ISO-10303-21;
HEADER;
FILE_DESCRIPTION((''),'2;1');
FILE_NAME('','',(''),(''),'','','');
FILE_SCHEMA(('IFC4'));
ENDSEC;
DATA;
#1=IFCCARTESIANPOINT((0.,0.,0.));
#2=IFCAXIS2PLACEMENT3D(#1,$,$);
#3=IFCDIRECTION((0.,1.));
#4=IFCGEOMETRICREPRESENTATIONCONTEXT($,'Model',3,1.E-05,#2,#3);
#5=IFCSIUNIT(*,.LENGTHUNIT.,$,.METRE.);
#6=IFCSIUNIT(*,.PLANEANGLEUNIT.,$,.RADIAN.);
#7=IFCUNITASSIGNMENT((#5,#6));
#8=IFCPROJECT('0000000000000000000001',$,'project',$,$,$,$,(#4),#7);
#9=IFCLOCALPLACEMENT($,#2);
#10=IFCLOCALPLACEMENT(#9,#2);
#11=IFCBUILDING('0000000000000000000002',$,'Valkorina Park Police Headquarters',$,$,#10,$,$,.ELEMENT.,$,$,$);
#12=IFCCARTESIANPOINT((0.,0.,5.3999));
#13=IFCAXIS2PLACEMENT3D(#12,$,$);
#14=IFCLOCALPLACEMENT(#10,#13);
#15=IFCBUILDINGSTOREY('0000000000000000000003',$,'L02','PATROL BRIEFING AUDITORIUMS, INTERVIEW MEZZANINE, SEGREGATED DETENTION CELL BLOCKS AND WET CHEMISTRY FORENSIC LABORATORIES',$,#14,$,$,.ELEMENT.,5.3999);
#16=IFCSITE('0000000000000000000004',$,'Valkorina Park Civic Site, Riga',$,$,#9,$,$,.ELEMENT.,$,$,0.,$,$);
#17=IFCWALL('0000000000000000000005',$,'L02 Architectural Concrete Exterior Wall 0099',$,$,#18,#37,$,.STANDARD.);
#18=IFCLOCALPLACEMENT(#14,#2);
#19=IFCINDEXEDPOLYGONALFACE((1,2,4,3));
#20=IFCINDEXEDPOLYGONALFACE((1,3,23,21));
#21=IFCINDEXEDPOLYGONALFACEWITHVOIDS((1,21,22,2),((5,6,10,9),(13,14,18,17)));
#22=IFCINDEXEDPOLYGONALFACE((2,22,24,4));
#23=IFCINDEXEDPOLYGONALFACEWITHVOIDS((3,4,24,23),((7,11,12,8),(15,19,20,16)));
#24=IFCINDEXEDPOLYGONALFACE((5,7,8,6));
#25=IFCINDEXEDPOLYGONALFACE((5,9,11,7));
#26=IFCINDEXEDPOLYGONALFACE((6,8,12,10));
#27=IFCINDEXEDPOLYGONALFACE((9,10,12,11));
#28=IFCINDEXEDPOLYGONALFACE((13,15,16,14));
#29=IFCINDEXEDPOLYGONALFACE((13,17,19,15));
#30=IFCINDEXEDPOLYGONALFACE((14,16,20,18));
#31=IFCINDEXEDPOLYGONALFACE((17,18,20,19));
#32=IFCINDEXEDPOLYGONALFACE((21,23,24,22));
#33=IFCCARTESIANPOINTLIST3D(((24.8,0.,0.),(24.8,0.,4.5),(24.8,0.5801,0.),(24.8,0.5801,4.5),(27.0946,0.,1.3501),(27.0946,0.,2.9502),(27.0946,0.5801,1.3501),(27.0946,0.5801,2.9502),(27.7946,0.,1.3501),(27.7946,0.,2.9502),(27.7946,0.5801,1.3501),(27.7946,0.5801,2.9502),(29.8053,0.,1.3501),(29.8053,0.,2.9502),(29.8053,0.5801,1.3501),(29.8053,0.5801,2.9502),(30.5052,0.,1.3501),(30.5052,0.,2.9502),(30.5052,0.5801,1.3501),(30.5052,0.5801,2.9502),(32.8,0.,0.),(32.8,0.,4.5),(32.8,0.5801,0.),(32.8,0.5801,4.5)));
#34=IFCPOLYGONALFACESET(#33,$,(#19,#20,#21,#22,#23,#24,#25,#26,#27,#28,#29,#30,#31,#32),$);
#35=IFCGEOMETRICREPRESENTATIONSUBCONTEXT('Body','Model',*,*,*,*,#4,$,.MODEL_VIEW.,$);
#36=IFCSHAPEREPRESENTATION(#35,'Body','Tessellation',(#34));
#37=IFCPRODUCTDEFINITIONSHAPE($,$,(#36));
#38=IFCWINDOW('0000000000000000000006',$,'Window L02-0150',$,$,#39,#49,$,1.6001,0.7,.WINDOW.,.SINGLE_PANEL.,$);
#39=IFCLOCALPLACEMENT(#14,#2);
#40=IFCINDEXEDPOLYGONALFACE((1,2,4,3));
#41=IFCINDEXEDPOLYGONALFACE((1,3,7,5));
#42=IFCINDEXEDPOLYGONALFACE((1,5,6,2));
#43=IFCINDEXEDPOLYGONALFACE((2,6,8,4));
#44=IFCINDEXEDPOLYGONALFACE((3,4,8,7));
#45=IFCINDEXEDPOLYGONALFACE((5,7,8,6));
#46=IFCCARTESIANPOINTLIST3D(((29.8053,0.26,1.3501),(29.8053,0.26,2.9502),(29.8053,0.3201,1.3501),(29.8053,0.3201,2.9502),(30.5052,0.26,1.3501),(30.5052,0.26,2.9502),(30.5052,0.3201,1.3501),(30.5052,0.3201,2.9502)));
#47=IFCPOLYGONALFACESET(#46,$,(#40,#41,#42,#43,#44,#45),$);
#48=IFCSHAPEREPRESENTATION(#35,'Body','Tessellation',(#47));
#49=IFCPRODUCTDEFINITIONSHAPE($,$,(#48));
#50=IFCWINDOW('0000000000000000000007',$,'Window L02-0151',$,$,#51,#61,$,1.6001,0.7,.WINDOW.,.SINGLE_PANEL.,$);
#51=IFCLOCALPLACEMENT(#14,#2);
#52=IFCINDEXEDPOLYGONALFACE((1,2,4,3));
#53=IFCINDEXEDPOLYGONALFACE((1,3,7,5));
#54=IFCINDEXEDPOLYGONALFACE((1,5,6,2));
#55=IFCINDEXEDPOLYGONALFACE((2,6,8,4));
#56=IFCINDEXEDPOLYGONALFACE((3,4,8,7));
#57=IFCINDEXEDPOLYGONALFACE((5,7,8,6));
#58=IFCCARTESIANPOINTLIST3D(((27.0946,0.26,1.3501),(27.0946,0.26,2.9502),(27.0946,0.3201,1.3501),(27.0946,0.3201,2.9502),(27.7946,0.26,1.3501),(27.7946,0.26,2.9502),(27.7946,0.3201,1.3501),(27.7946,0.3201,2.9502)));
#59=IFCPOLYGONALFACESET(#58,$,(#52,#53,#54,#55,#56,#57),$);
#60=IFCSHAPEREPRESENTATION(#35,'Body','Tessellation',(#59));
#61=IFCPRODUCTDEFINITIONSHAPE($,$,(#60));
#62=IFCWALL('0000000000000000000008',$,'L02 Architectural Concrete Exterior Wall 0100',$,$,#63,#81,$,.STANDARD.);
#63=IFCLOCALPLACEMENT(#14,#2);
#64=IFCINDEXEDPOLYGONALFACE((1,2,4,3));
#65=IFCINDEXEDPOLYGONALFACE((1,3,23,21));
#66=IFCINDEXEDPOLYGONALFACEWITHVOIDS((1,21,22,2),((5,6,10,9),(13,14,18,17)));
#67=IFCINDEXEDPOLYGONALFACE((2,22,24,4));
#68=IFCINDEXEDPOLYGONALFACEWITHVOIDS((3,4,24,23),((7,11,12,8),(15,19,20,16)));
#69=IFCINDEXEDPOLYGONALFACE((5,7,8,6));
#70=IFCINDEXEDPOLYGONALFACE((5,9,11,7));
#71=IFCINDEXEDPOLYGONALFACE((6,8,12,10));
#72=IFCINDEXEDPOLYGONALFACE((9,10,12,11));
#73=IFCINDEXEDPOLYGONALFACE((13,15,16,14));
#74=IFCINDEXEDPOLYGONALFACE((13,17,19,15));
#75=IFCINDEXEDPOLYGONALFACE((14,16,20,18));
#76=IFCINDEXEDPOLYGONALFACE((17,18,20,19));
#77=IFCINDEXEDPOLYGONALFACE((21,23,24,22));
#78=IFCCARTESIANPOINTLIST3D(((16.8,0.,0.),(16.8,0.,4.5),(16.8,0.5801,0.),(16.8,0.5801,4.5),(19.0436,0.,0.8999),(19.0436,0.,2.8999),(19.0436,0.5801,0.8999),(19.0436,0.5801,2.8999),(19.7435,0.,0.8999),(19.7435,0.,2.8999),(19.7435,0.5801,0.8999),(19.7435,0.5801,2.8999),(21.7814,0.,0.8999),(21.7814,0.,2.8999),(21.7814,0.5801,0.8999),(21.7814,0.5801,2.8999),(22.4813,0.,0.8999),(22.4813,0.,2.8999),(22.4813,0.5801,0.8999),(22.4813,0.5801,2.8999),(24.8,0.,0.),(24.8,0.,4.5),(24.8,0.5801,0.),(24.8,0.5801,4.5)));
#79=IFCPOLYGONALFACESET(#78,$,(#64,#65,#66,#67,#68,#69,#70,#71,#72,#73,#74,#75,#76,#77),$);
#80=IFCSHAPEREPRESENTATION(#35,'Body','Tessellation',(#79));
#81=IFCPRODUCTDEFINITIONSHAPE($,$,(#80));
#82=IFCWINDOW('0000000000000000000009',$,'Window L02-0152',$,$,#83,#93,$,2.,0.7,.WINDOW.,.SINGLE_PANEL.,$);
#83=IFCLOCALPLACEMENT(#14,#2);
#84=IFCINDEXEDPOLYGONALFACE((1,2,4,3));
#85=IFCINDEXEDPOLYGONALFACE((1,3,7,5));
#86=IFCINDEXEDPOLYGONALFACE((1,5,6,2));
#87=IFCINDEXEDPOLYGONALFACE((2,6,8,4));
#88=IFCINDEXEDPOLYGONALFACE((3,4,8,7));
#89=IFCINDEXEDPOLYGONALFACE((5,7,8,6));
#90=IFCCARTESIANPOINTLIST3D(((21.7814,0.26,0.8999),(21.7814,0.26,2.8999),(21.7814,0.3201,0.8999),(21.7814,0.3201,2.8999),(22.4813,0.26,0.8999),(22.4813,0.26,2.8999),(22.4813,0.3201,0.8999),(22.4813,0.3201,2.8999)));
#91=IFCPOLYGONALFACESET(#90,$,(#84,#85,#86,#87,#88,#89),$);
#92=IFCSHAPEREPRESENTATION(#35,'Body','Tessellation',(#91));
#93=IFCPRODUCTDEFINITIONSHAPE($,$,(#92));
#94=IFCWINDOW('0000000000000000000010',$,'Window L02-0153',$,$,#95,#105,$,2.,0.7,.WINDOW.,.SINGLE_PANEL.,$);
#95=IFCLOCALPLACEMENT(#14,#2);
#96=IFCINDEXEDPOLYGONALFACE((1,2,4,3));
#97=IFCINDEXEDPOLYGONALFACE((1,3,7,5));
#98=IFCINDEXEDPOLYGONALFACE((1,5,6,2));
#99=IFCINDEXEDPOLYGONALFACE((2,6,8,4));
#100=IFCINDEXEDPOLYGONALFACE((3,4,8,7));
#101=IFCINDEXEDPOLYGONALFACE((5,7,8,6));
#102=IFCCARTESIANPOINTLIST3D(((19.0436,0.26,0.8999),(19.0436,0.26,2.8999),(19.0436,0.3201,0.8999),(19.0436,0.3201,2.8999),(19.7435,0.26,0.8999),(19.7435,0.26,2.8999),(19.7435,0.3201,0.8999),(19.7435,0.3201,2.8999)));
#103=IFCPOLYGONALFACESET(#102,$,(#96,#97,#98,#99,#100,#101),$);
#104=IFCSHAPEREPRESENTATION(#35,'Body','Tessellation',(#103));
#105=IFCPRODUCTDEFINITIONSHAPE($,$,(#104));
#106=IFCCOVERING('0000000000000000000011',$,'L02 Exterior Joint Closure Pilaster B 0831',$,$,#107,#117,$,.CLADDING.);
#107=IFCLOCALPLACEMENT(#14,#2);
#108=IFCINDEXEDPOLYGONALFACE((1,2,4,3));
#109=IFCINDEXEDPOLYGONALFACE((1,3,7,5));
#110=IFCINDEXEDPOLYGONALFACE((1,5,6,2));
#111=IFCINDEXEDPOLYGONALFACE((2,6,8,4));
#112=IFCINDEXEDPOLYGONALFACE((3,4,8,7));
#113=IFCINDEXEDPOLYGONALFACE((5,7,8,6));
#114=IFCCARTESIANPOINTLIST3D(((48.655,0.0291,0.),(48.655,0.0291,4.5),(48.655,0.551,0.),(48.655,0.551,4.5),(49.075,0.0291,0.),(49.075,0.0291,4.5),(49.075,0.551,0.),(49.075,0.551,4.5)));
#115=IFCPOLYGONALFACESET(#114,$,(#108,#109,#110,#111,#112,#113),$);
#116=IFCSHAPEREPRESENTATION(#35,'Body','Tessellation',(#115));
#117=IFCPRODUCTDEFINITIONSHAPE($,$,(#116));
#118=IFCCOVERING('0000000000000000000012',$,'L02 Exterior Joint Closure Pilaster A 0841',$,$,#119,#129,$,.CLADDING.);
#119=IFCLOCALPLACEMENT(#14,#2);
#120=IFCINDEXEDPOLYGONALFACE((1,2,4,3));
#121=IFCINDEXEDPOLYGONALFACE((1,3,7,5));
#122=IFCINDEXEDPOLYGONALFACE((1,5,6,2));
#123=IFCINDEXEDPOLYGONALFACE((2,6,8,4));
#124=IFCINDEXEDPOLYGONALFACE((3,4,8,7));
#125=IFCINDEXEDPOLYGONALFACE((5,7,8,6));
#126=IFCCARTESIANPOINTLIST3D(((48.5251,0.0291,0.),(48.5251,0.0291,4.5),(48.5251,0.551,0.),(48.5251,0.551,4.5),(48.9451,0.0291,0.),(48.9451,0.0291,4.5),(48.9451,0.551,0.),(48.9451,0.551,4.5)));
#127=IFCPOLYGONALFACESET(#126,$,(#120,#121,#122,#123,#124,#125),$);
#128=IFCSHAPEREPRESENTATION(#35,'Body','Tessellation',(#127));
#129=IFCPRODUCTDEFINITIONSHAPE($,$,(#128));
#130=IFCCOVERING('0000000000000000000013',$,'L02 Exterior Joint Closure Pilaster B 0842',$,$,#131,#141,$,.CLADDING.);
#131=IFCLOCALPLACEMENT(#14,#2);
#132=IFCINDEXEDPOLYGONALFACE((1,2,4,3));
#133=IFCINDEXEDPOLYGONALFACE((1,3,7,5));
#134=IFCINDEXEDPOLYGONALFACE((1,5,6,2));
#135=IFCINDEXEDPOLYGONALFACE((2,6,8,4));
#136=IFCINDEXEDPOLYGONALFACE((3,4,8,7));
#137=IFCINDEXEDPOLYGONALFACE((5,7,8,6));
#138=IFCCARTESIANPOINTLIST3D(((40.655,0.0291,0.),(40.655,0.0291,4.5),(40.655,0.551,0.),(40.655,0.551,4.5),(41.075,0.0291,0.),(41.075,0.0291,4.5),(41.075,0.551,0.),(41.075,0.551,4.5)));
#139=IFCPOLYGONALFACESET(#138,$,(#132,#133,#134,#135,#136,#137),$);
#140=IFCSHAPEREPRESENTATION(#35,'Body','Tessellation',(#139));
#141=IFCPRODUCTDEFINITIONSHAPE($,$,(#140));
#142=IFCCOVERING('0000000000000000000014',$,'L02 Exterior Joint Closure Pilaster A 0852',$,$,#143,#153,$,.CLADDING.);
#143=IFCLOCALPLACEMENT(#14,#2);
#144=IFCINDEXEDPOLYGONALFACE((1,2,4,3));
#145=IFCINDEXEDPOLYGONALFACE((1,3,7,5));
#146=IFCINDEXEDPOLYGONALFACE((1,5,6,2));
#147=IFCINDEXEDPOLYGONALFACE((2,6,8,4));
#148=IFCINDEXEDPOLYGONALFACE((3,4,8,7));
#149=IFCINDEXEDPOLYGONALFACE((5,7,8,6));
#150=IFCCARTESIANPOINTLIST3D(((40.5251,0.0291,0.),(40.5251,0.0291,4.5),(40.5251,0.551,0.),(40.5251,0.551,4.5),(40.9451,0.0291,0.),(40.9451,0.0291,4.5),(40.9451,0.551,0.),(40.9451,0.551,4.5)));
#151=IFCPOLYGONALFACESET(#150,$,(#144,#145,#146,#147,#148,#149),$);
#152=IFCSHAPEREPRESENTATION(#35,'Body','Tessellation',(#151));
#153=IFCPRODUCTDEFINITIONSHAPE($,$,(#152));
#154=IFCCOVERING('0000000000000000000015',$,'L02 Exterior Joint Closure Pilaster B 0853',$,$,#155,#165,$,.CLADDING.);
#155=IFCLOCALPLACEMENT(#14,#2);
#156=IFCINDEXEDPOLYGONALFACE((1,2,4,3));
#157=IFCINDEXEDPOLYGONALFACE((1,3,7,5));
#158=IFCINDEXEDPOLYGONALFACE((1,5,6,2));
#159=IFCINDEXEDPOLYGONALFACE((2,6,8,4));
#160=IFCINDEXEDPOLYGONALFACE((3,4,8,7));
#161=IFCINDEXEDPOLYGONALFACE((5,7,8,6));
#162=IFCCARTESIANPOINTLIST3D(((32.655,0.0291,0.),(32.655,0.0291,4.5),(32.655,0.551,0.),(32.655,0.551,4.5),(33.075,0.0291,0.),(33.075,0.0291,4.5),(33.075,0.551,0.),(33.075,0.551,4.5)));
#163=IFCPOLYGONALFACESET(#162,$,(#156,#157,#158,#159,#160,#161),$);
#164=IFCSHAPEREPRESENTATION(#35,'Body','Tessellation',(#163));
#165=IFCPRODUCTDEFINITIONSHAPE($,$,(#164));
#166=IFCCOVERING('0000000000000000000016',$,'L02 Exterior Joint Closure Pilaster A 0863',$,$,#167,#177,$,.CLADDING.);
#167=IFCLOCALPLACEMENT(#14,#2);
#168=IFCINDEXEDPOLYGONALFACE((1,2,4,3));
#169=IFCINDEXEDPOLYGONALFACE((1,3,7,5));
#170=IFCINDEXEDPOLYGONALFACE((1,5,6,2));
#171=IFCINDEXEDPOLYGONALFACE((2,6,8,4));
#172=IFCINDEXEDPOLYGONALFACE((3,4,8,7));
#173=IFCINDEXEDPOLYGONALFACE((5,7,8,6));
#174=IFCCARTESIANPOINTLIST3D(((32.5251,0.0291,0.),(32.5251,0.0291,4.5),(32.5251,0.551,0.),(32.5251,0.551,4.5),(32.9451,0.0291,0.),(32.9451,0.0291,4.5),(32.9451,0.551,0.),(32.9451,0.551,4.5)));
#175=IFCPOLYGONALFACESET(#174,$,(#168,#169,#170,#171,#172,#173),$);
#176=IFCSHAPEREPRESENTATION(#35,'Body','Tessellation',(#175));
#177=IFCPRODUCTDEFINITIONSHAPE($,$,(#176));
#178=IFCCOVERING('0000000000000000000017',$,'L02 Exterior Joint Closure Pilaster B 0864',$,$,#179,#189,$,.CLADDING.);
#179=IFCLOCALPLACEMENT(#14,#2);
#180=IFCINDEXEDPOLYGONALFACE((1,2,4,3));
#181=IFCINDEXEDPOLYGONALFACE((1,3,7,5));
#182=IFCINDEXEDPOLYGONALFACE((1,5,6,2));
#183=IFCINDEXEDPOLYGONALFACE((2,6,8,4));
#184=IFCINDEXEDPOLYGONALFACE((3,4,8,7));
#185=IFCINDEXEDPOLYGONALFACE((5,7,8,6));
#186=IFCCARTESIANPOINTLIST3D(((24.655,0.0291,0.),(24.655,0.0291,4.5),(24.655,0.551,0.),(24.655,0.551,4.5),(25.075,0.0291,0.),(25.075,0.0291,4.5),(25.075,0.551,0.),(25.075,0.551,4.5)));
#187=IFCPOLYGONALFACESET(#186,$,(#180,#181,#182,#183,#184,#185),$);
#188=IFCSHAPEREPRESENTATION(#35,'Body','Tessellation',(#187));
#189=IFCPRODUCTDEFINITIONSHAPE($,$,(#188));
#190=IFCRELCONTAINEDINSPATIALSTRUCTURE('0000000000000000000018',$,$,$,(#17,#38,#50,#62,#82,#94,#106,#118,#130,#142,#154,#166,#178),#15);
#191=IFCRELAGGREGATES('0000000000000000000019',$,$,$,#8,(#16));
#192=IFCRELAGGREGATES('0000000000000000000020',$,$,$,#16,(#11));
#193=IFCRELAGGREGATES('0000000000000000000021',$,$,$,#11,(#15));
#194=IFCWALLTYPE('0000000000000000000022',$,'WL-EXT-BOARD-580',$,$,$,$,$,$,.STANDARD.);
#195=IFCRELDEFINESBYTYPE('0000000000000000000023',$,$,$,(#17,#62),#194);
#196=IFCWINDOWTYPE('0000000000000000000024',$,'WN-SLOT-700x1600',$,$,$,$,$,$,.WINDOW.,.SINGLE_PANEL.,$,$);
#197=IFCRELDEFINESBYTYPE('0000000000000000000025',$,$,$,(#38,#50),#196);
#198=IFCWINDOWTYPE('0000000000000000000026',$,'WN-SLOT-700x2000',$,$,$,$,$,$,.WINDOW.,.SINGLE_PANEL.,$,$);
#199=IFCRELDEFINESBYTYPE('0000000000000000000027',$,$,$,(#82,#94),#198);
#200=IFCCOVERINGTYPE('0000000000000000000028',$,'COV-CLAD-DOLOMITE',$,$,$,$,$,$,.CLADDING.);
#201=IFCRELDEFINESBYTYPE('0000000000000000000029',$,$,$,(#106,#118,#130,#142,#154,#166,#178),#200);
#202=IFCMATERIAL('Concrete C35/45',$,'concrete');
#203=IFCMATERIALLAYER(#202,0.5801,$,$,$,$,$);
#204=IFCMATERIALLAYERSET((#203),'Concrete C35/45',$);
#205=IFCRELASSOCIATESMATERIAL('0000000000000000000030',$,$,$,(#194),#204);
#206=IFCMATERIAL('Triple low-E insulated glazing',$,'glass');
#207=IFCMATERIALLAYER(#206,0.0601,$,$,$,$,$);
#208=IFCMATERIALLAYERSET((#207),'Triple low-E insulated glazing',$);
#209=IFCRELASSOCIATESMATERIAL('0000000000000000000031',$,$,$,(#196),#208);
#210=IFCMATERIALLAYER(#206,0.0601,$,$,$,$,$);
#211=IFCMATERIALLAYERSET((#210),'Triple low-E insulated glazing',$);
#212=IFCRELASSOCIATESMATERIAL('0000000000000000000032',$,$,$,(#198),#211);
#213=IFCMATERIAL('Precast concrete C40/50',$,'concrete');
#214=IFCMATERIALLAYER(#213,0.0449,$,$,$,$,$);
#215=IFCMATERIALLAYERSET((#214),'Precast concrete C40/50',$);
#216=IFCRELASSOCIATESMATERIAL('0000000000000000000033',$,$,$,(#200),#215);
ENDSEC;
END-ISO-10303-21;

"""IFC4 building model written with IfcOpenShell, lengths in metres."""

from ifc_helpers import new_model, si_unit, direction, frame, frame_2d, origin, origin_2d, place, context, subcontext, project, spatial, rectangle, extrude, material, layer, layer_set, type_object, element, fill, save


model = new_model("IFC4")

# Units and contexts
model_context = context("Model", 3, precision=1e-05, world=origin(), true_north=direction((0.0, 1.0)))
body_context = subcontext(model_context, "Body", "Model", "MODEL_VIEW")
ifc_project = project(units=[si_unit("LENGTHUNIT", "METRE"), si_unit("PLANEANGLEUNIT", "RADIAN")], contexts=[model_context])

# Site, building, storey
site_placement = place(None, origin())
site = spatial("IfcSite", under=ifc_project, at=site_placement, Name="Valkorina Park Civic Site, Riga", CompositionType="ELEMENT", RefElevation=0.0)
building_placement = place(site_placement, origin())
building = spatial("IfcBuilding", under=site, at=building_placement, Name="Valkorina Park Police Headquarters", CompositionType="ELEMENT")
storey_placement = place(building_placement, frame((0.0, 0.0, 5.3999)))
storey = spatial("IfcBuildingStorey", under=building, at=storey_placement, Name="L02", Description="PATROL BRIEFING AUDITORIUMS, INTERVIEW MEZZANINE, SEGREGATED DETENTION CELL BLOCKS AND WET CHEMISTRY FORENSIC LABORATORIES", CompositionType="ELEMENT", Elevation=5.3999)

# Walls, openings, windows
ifc_material_1 = material(Name="Concrete C35/45", Category="concrete")
ifc_layer_1 = layer(ifc_material_1, 0.5801)
ifc_layer_set_1 = layer_set([ifc_layer_1], Name="Concrete C35/45")
wall_type = type_object("IfcWallType", Name="WL-EXT-BOARD-580", PredefinedType="STANDARD", material=ifc_layer_set_1)
ifc_material_2 = material(Name="Triple low-E insulated glazing", Category="glass")
wall_1_placement = place(storey_placement, frame((32.8, 0.29, 0.0), z_axis=(0.0, 0.0, 1.0), x_axis=(-1.0, 0.0, 0.0)))
wall_1 = element("IfcWall", 1, at=wall_1_placement, inside=storey, type_object=wall_type, Name="L02 Architectural Concrete Exterior Wall 0099", PredefinedType="STANDARD", context=body_context, shape_type="SweptSolid", body=[
    extrude(rectangle(XDim=8.0, YDim=0.5801, at=frame_2d((4.0, 0.0))), origin(), (0.0, 0.0, 1.0), 4.5),
])
opening_1_placement = place(wall_1_placement, frame((2.2947, 0.0, 1.3501)))
opening_1 = element("IfcOpeningElement", 2, at=opening_1_placement, cuts=wall_1, PredefinedType="OPENING", context=body_context, shape_type="SweptSolid", body=[
    extrude(rectangle(XDim=0.7, YDim=1.6001, at=frame_2d((0.3501, 0.8))), frame((0.0, 0.3, 0.0), z_axis=(0.0, -1.0, 0.0), x_axis=(1.0, 0.0, 0.0)), (0.0, 0.0, 1.0), 0.6001),
])
opening_2_placement = place(wall_1_placement, frame((5.0054, 0.0, 1.3501)))
opening_2 = element("IfcOpeningElement", 3, at=opening_2_placement, cuts=wall_1, PredefinedType="OPENING", context=body_context, shape_type="SweptSolid", body=[
    extrude(rectangle(XDim=0.7, YDim=1.6001, at=frame_2d((0.3501, 0.8))), frame((0.0, 0.3, 0.0), z_axis=(0.0, -1.0, 0.0), x_axis=(1.0, 0.0, 0.0)), (0.0, 0.0, 1.0), 0.6001),
])
ifc_layer_2 = layer(ifc_material_2, 0.0601)
ifc_layer_set_2 = layer_set([ifc_layer_2], Name="Triple low-E insulated glazing")
window_type_1 = type_object("IfcWindowType", Name="WN-SLOT-700x1600", PartitioningType="SINGLE_PANEL", PredefinedType="WINDOW", material=ifc_layer_set_2)
window_1_placement = place(opening_1_placement, origin())
window_1 = element("IfcWindow", 4, at=window_1_placement, inside=storey, type_object=window_type_1, Name="Window L02-0150", OverallHeight=1.6001, OverallWidth=0.7, PartitioningType="SINGLE_PANEL", PredefinedType="WINDOW", context=body_context, shape_type="SweptSolid", body=[
    extrude(rectangle(XDim=0.7, YDim=1.6001, at=frame_2d((0.3501, 0.8))), frame((0.0, 0.03, 0.0), z_axis=(0.0, -1.0, 0.0), x_axis=(1.0, 0.0, 0.0)), (0.0, 0.0, 1.0), 0.0601),
])
fill(opening_1, window_1)
window_2_placement = place(opening_2_placement, origin())
window_2 = element("IfcWindow", 5, at=window_2_placement, inside=storey, type_object=window_type_1, Name="Window L02-0151", OverallHeight=1.6001, OverallWidth=0.7, PartitioningType="SINGLE_PANEL", PredefinedType="WINDOW", context=body_context, shape_type="SweptSolid", body=[
    extrude(rectangle(XDim=0.7, YDim=1.6001, at=frame_2d((0.3501, 0.8))), frame((0.0, 0.03, 0.0), z_axis=(0.0, -1.0, 0.0), x_axis=(1.0, 0.0, 0.0)), (0.0, 0.0, 1.0), 0.0601),
])
fill(opening_2, window_2)
wall_2_placement = place(storey_placement, frame((24.8, 0.29, 0.0), z_axis=(0.0, 0.0, 1.0), x_axis=(-1.0, 0.0, 0.0)))
wall_2 = element("IfcWall", 6, at=wall_2_placement, inside=storey, type_object=wall_type, Name="L02 Architectural Concrete Exterior Wall 0100", PredefinedType="STANDARD", context=body_context, shape_type="SweptSolid", body=[
    extrude(rectangle(XDim=8.0, YDim=0.5801, at=frame_2d((4.0, 0.0))), origin(), (0.0, 0.0, 1.0), 4.5),
])
opening_3_placement = place(wall_2_placement, frame((2.3186, 0.0, 0.8999)))
opening_3 = element("IfcOpeningElement", 7, at=opening_3_placement, cuts=wall_2, PredefinedType="OPENING", context=body_context, shape_type="SweptSolid", body=[
    extrude(rectangle(XDim=0.7, YDim=2.0, at=frame_2d((0.3501, 1.0))), frame((0.0, 0.3, 0.0), z_axis=(0.0, -1.0, 0.0), x_axis=(1.0, 0.0, 0.0)), (0.0, 0.0, 1.0), 0.6001),
])
opening_4_placement = place(wall_2_placement, frame((5.0564, 0.0, 0.8999)))
opening_4 = element("IfcOpeningElement", 8, at=opening_4_placement, cuts=wall_2, PredefinedType="OPENING", context=body_context, shape_type="SweptSolid", body=[
    extrude(rectangle(XDim=0.7, YDim=2.0, at=frame_2d((0.3501, 1.0))), frame((0.0, 0.3, 0.0), z_axis=(0.0, -1.0, 0.0), x_axis=(1.0, 0.0, 0.0)), (0.0, 0.0, 1.0), 0.6001),
])
ifc_layer_3 = layer(ifc_material_2, 0.0601)
ifc_layer_set_3 = layer_set([ifc_layer_3], Name="Triple low-E insulated glazing")
window_type_2 = type_object("IfcWindowType", Name="WN-SLOT-700x2000", PartitioningType="SINGLE_PANEL", PredefinedType="WINDOW", material=ifc_layer_set_3)
window_3_placement = place(opening_3_placement, origin())
window_3 = element("IfcWindow", 9, at=window_3_placement, inside=storey, type_object=window_type_2, Name="Window L02-0152", OverallHeight=2.0, OverallWidth=0.7, PartitioningType="SINGLE_PANEL", PredefinedType="WINDOW", context=body_context, shape_type="SweptSolid", body=[
    extrude(rectangle(XDim=0.7, YDim=2.0, at=frame_2d((0.3501, 1.0))), frame((0.0, 0.03, 0.0), z_axis=(0.0, -1.0, 0.0), x_axis=(1.0, 0.0, 0.0)), (0.0, 0.0, 1.0), 0.0601),
])
fill(opening_3, window_3)
window_4_placement = place(opening_4_placement, origin())
window_4 = element("IfcWindow", 10, at=window_4_placement, inside=storey, type_object=window_type_2, Name="Window L02-0153", OverallHeight=2.0, OverallWidth=0.7, PartitioningType="SINGLE_PANEL", PredefinedType="WINDOW", context=body_context, shape_type="SweptSolid", body=[
    extrude(rectangle(XDim=0.7, YDim=2.0, at=frame_2d((0.3501, 1.0))), frame((0.0, 0.03, 0.0), z_axis=(0.0, -1.0, 0.0), x_axis=(1.0, 0.0, 0.0)), (0.0, 0.0, 1.0), 0.0601),
])
fill(opening_4, window_4)

# Coverings
ifc_material_3 = material(Name="Precast concrete C40/50", Category="concrete")
ifc_layer_4 = layer(ifc_material_3, 0.0449)
ifc_layer_set_4 = layer_set([ifc_layer_4], Name="Precast concrete C40/50")
covering_type = type_object("IfcCoveringType", Name="COV-CLAD-DOLOMITE", PredefinedType="CLADDING", material=ifc_layer_set_4)
for number, where, z_axis, x_axis, name in (
    (11, (48.865, 0.29, 0.0), (0.0, 0.0, 1.0), (1.0, 0.0, 0.0), "L02 Exterior Joint Closure Pilaster B 0831"),
    (12, (48.7351, 0.29, 0.0), (0.0, 0.0, 1.0), (1.0, 0.0, 0.0), "L02 Exterior Joint Closure Pilaster A 0841"),
    (13, (40.865, 0.29, 0.0), (0.0, 0.0, 1.0), (1.0, 0.0, 0.0), "L02 Exterior Joint Closure Pilaster B 0842"),
    (14, (40.7351, 0.29, 0.0), (0.0, 0.0, 1.0), (1.0, 0.0, 0.0), "L02 Exterior Joint Closure Pilaster A 0852"),
    (15, (32.865, 0.29, 0.0), (0.0, 0.0, 1.0), (1.0, 0.0, 0.0), "L02 Exterior Joint Closure Pilaster B 0853"),
    (16, (32.7351, 0.29, 0.0), (0.0, 0.0, 1.0), (1.0, 0.0, 0.0), "L02 Exterior Joint Closure Pilaster A 0863"),
    (17, (24.865, 0.29, 0.0), (0.0, 0.0, 1.0), (1.0, 0.0, 0.0), "L02 Exterior Joint Closure Pilaster B 0864"),
):
    element("IfcCovering", number, at=place(storey_placement, frame(where, z_axis=z_axis, x_axis=x_axis)), inside=storey, type_object=covering_type, Name=name, PredefinedType="CLADDING", context=body_context, shape_type="SweptSolid", body=[
        extrude(rectangle(XDim=0.4199, YDim=0.522, at=origin_2d()), origin(), (0.0, 0.0, 1.0), 4.5),
    ])

save(model, "model.ifc")
